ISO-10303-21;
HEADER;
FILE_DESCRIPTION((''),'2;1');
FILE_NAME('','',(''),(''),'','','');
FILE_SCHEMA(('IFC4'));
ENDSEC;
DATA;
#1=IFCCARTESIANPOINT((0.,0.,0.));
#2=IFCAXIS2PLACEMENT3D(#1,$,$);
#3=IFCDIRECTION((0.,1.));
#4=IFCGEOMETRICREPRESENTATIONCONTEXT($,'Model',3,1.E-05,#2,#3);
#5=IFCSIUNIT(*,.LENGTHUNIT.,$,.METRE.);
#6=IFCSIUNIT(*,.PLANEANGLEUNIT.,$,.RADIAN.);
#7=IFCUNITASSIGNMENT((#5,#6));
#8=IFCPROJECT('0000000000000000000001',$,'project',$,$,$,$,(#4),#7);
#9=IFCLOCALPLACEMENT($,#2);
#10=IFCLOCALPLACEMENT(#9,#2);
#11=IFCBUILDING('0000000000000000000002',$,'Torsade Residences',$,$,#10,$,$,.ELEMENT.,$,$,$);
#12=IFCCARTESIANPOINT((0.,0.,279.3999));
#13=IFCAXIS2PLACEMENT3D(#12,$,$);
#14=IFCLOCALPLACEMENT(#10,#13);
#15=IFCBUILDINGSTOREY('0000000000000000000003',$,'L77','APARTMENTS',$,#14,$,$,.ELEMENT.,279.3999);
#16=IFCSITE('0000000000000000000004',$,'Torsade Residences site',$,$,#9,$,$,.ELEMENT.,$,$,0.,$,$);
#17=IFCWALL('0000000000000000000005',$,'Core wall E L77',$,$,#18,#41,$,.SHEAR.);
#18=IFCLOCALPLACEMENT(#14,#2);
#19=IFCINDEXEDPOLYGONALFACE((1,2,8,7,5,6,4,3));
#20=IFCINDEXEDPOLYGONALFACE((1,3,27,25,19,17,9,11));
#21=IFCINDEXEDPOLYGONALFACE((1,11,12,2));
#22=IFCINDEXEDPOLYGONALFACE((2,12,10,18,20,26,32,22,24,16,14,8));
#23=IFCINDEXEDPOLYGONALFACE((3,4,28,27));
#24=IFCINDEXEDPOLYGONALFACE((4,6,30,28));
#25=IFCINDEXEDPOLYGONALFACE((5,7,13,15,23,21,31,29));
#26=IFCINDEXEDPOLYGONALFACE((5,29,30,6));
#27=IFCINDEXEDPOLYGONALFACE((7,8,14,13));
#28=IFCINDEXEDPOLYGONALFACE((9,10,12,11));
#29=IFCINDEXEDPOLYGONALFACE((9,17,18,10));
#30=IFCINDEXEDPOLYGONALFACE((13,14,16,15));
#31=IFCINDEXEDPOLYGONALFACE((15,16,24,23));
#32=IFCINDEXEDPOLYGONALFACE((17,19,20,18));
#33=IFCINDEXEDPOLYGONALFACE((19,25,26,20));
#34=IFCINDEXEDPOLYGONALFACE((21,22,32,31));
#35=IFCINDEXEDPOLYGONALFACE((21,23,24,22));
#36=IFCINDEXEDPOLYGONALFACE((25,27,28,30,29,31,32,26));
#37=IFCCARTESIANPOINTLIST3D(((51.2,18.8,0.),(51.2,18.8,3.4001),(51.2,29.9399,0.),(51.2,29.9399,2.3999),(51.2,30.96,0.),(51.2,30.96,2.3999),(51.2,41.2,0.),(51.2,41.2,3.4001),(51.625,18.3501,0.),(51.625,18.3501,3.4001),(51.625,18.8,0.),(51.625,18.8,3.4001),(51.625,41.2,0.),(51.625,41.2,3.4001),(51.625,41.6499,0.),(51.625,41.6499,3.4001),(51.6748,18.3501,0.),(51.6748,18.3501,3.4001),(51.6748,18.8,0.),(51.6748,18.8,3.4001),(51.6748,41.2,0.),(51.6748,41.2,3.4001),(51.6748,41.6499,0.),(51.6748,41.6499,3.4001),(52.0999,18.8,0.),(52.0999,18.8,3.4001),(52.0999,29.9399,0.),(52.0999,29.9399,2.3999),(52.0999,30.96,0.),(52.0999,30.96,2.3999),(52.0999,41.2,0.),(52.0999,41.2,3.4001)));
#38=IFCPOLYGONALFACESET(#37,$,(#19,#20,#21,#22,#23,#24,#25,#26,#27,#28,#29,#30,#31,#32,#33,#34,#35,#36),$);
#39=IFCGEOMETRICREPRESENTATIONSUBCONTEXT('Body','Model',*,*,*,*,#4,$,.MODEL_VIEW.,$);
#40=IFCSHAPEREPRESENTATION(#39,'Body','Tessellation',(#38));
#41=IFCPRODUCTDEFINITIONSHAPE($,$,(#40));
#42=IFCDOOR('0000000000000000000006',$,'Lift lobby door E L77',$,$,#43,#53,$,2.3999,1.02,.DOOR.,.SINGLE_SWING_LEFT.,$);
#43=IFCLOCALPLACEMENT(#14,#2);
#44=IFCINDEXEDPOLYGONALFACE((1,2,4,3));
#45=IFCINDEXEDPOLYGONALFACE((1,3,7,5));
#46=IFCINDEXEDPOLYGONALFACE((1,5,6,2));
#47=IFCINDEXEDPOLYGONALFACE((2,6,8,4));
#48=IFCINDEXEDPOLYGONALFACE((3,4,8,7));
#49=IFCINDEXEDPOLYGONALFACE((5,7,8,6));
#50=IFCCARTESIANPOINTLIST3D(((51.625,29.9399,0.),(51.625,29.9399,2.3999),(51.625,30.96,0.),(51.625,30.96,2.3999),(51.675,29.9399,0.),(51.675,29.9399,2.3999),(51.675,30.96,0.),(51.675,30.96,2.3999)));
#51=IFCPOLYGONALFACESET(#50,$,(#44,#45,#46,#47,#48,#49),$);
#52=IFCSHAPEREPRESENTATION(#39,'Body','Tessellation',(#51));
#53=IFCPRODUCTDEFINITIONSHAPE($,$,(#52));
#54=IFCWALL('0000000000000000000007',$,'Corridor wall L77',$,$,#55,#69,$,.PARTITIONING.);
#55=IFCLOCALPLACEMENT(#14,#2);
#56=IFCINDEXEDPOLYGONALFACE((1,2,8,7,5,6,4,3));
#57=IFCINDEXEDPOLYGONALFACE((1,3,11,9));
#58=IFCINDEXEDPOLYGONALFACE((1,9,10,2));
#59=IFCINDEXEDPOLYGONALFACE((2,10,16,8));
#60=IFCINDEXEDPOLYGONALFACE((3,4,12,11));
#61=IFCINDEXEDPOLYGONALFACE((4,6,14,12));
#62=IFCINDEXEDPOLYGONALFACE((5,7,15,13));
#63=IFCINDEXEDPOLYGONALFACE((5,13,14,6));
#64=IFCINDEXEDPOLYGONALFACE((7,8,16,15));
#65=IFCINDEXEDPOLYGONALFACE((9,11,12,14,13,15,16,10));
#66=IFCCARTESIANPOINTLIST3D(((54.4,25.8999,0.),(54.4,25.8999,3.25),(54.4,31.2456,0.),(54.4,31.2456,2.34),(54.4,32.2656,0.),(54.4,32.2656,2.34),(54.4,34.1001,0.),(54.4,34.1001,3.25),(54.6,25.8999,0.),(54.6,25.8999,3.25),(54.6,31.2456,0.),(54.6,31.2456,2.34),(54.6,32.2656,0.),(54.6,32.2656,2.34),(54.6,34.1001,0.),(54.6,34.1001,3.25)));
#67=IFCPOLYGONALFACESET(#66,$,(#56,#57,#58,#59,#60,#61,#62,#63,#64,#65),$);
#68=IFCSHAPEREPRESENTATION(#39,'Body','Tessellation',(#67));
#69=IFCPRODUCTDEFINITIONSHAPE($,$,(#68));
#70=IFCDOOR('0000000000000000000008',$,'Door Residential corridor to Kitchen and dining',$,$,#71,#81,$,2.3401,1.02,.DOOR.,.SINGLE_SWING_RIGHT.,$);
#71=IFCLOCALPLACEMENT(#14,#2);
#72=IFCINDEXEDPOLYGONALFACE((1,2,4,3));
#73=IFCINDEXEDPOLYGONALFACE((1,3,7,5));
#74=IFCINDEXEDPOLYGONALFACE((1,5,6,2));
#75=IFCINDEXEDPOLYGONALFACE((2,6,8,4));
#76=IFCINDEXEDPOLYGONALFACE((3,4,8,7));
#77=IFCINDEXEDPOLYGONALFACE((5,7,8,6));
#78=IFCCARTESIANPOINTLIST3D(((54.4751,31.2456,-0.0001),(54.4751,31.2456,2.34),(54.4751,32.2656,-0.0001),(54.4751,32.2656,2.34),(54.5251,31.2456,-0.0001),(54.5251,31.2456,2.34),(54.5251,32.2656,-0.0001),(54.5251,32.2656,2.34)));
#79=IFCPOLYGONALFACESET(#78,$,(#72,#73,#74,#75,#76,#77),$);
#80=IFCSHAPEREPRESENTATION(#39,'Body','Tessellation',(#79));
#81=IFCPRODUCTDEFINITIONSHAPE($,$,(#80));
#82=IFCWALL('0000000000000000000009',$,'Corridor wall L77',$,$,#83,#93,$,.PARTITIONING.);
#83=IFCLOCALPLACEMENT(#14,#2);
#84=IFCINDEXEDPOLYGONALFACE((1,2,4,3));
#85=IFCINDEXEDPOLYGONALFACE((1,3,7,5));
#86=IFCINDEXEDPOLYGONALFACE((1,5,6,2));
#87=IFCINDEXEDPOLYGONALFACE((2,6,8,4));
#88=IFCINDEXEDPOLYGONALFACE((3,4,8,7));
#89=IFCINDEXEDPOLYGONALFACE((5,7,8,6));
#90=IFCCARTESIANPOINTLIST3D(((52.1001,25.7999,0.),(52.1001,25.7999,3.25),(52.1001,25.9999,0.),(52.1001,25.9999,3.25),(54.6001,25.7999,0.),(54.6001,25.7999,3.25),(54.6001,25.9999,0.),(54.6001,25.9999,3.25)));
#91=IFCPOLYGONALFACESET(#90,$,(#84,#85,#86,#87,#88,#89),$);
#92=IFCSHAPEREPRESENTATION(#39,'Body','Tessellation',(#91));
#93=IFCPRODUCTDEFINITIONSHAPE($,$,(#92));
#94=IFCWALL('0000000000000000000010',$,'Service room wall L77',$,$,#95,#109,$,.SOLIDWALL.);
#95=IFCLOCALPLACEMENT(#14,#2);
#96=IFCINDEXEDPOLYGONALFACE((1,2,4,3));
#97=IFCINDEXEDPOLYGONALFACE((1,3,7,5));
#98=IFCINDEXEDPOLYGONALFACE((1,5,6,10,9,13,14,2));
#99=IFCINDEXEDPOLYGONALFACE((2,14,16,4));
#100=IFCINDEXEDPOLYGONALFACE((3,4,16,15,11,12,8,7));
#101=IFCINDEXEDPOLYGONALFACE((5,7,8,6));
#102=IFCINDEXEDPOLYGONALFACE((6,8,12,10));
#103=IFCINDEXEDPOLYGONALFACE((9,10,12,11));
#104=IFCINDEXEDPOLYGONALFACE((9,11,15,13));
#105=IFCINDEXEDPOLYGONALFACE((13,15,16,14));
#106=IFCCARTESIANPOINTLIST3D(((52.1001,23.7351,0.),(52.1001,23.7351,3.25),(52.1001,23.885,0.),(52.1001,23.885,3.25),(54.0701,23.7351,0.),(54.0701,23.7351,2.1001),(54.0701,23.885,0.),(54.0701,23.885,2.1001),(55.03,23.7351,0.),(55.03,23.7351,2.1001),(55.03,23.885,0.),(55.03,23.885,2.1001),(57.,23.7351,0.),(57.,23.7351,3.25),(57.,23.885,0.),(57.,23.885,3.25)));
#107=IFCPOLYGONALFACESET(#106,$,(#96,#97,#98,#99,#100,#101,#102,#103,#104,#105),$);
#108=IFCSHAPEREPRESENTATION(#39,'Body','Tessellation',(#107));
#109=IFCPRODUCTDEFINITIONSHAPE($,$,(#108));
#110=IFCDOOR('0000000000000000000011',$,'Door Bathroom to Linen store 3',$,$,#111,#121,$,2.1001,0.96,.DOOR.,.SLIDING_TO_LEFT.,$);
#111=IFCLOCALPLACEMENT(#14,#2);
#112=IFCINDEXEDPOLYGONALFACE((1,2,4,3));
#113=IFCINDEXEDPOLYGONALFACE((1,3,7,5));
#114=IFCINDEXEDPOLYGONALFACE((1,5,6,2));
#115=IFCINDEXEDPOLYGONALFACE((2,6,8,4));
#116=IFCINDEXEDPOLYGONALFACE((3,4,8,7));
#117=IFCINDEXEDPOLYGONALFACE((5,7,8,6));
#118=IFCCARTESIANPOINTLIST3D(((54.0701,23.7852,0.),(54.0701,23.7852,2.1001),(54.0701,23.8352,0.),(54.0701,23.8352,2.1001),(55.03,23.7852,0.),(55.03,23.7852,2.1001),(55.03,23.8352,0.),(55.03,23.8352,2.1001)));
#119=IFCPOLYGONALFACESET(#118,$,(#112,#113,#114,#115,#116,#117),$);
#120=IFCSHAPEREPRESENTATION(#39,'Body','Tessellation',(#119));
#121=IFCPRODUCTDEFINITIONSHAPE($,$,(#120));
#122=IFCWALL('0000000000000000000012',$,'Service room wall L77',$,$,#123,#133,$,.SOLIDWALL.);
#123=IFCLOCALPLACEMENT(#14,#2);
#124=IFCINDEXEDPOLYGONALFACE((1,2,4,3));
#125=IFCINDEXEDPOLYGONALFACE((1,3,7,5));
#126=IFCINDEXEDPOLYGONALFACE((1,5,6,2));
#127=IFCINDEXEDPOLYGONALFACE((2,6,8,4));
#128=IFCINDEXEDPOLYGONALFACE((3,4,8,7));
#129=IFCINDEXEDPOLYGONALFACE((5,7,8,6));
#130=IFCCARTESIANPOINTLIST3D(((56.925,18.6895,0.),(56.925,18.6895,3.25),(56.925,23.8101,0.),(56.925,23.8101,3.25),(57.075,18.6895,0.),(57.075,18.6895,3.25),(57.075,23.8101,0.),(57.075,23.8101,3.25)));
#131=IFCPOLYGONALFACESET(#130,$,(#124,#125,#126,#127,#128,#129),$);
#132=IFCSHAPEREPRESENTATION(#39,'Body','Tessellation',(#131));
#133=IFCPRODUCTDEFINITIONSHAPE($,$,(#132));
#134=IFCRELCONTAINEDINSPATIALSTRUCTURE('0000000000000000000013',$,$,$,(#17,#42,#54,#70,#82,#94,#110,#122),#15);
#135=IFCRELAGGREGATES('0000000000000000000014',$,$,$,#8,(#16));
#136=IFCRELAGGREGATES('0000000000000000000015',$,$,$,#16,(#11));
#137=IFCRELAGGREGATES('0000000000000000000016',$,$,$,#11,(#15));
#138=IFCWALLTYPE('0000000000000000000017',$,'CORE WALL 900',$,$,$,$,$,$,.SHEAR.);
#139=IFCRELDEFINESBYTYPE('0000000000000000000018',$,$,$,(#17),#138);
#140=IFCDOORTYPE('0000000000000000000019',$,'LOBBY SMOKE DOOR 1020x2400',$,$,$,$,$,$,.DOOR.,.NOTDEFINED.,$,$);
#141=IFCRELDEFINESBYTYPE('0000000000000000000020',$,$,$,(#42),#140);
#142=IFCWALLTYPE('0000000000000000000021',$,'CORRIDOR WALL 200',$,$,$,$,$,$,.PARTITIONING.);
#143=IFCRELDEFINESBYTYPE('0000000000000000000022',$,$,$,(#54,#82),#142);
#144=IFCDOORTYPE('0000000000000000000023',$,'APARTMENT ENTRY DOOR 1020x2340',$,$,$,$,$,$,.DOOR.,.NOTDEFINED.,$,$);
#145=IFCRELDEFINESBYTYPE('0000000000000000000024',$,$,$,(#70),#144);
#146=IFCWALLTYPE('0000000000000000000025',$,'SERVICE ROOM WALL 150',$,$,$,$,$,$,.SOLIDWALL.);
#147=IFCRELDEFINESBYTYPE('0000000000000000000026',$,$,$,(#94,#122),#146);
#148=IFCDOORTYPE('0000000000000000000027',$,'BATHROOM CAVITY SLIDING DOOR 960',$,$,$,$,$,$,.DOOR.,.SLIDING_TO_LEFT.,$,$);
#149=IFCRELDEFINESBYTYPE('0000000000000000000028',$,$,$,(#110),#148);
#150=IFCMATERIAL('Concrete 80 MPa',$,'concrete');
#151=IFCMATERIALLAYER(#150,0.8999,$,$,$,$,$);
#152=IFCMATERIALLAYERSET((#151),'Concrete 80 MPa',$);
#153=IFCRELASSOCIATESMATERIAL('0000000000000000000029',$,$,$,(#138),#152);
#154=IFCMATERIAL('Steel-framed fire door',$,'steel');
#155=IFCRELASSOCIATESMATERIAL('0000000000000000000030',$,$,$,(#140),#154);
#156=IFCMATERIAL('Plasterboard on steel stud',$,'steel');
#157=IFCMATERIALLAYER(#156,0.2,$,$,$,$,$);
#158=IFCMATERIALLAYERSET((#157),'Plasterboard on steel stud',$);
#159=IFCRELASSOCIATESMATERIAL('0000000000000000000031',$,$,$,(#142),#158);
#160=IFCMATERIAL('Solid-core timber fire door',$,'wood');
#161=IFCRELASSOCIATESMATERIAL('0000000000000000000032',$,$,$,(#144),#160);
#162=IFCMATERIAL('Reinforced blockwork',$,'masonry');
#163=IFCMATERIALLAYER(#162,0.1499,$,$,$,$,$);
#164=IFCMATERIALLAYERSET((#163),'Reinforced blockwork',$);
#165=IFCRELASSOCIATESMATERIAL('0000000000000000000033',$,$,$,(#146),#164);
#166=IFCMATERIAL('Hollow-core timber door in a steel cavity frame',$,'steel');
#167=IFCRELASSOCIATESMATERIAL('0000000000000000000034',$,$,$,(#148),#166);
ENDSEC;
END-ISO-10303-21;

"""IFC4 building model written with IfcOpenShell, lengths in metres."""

from ifc_helpers import new_model, si_unit, direction, frame, frame_2d, origin, place, context, subcontext, project, spatial, polyline, rectangle, outline, extrude, material, layer, layer_set, type_object, element, fill, save


model = new_model("IFC4")

# Units and contexts
model_context = context("Model", 3, precision=1e-05, world=origin(), true_north=direction((0.0, 1.0)))
body_context = subcontext(model_context, "Body", "Model", "MODEL_VIEW")
ifc_project = project(units=[si_unit("LENGTHUNIT", "METRE"), si_unit("PLANEANGLEUNIT", "RADIAN")], contexts=[model_context])

# Site, building, storey
site_placement = place(None, origin())
site = spatial("IfcSite", under=ifc_project, at=site_placement, Name="Torsade Residences site", CompositionType="ELEMENT", RefElevation=0.0)
building_placement = place(site_placement, origin())
building = spatial("IfcBuilding", under=site, at=building_placement, Name="Torsade Residences", CompositionType="ELEMENT")
storey_placement = place(building_placement, frame((0.0, 0.0, 279.3999)))
storey = spatial("IfcBuildingStorey", under=building, at=storey_placement, Name="L77", Description="APARTMENTS", CompositionType="ELEMENT", Elevation=279.3999)

# Walls, openings, doors
ifc_material_1 = material(Name="Concrete 80 MPa", Category="concrete")
ifc_layer_1 = layer(ifc_material_1, 0.8999)
ifc_layer_set_1 = layer_set([ifc_layer_1], Name="Concrete 80 MPa")
wall_type_1 = type_object("IfcWallType", Name="CORE WALL 900", PredefinedType="SHEAR", material=ifc_layer_set_1)
wall_1_placement = place(storey_placement, frame((51.6499, 18.8, 0.0), z_axis=(0.0, 0.0, 1.0), x_axis=(0.0, 1.0, 0.0)))
wall_1 = element("IfcWall", 1, at=wall_1_placement, inside=storey, type_object=wall_type_1, Name="Core wall E L77", PredefinedType="SHEAR", context=body_context, shape_type="SweptSolid", body=[
    extrude(outline(polyline([(0.0, -0.45), (22.3999, -0.45), (22.3999, -0.0249), (22.8499, -0.0249), (22.8499, 0.0249), (22.3999, 0.0249), (22.3999, 0.45), (0.0, 0.45), (0.0, 0.0249), (-0.45, 0.0249), (-0.45, -0.0249), (0.0, -0.0249), (0.0, -0.45)])), origin(), (0.0, 0.0, 1.0), 3.4001),
])
opening_1_placement = place(wall_1_placement, frame((11.1399, 0.0, 0.0)))
opening_1 = element("IfcOpeningElement", 2, at=opening_1_placement, cuts=wall_1, PredefinedType="OPENING", context=body_context, shape_type="SweptSolid", body=[
    extrude(rectangle(XDim=1.02, YDim=2.3999, at=frame_2d((0.51, 1.2))), frame((0.0, 0.46, 0.0), z_axis=(0.0, -1.0, 0.0), x_axis=(1.0, 0.0, 0.0)), (0.0, 0.0, 1.0), 0.9199),
])
ifc_material_2 = material(Name="Steel-framed fire door", Category="steel")
door_type_1 = type_object("IfcDoorType", Name="LOBBY SMOKE DOOR 1020x2400", OperationType="NOTDEFINED", PredefinedType="DOOR", material=ifc_material_2)
door_1_placement = place(opening_1_placement, origin())
door_1 = element("IfcDoor", 3, at=door_1_placement, inside=storey, type_object=door_type_1, Name="Lift lobby door E L77", OperationType="SINGLE_SWING_LEFT", OverallHeight=2.3999, OverallWidth=1.02, PredefinedType="DOOR", context=body_context, shape_type="SweptSolid", body=[
    extrude(rectangle(XDim=1.02, YDim=2.3999, at=frame_2d((0.51, 1.2))), frame((0.0, 0.0249, 0.0), z_axis=(0.0, -1.0, 0.0), x_axis=(1.0, 0.0, 0.0)), (0.0, 0.0, 1.0), 0.05),
])
fill(opening_1, door_1)
ifc_material_3 = material(Name="Plasterboard on steel stud", Category="steel")
ifc_layer_2 = layer(ifc_material_3, 0.2)
ifc_layer_set_2 = layer_set([ifc_layer_2], Name="Plasterboard on steel stud")
wall_type_2 = type_object("IfcWallType", Name="CORRIDOR WALL 200", PredefinedType="PARTITIONING", material=ifc_layer_set_2)
wall_2_placement = place(storey_placement, frame((54.5, 25.8999, 0.0), z_axis=(0.0, 0.0, 1.0), x_axis=(0.0, 1.0, 0.0)))
wall_2 = element("IfcWall", 4, at=wall_2_placement, inside=storey, type_object=wall_type_2, Name="Corridor wall L77", PredefinedType="PARTITIONING", context=body_context, shape_type="SweptSolid", body=[
    extrude(rectangle(XDim=8.2002, YDim=0.2, at=frame_2d((4.1001, 0.0))), origin(), (0.0, 0.0, 1.0), 3.25),
])
opening_2_placement = place(wall_2_placement, frame((5.3457, 0.0, 0.0)))
opening_2 = element("IfcOpeningElement", 5, at=opening_2_placement, cuts=wall_2, PredefinedType="OPENING", context=body_context, shape_type="SweptSolid", body=[
    extrude(rectangle(XDim=1.02, YDim=2.3401, at=frame_2d((0.51, 1.1699))), frame((0.0, 0.1099, 0.0), z_axis=(0.0, -1.0, 0.0), x_axis=(1.0, 0.0, 0.0)), (0.0, 0.0, 1.0), 0.22),
])
ifc_material_4 = material(Name="Solid-core timber fire door", Category="wood")
door_type_2 = type_object("IfcDoorType", Name="APARTMENT ENTRY DOOR 1020x2340", OperationType="NOTDEFINED", PredefinedType="DOOR", material=ifc_material_4)
door_2_placement = place(opening_2_placement, origin())
door_2 = element("IfcDoor", 6, at=door_2_placement, inside=storey, type_object=door_type_2, Name="Door Residential corridor to Kitchen and dining", OperationType="SINGLE_SWING_RIGHT", OverallHeight=2.3401, OverallWidth=1.02, PredefinedType="DOOR", context=body_context, shape_type="SweptSolid", body=[
    extrude(rectangle(XDim=1.02, YDim=2.3401, at=frame_2d((0.51, 1.1699))), frame((0.0, 0.0249, 0.0), z_axis=(0.0, -1.0, 0.0), x_axis=(1.0, 0.0, 0.0)), (0.0, 0.0, 1.0), 0.05),
])
fill(opening_2, door_2)

# Wall
wall_3_placement = place(storey_placement, frame((52.1001, 25.8999, 0.0), z_axis=(0.0, 0.0, 1.0), x_axis=(1.0, 0.0, 0.0)))
element("IfcWall", 7, at=wall_3_placement, inside=storey, type_object=wall_type_2, Name="Corridor wall L77", PredefinedType="PARTITIONING", context=body_context, shape_type="SweptSolid", body=[
    extrude(rectangle(XDim=2.5, YDim=0.2, at=frame_2d((1.25, 0.0))), origin(), (0.0, 0.0, 1.0), 3.25),
])

# Wall, opening, door
ifc_material_5 = material(Name="Reinforced blockwork", Category="masonry")
ifc_layer_3 = layer(ifc_material_5, 0.1499)
ifc_layer_set_3 = layer_set([ifc_layer_3], Name="Reinforced blockwork")
wall_type_3 = type_object("IfcWallType", Name="SERVICE ROOM WALL 150", PredefinedType="SOLIDWALL", material=ifc_layer_set_3)
wall_4_placement = place(storey_placement, frame((57.0, 23.8101, 0.0), z_axis=(0.0, 0.0, 1.0), x_axis=(-1.0, 0.0, 0.0)))
wall_4 = element("IfcWall", 8, at=wall_4_placement, inside=storey, type_object=wall_type_3, Name="Service room wall L77", PredefinedType="SOLIDWALL", context=body_context, shape_type="SweptSolid", body=[
    extrude(rectangle(XDim=4.8999, YDim=0.1499, at=frame_2d((2.45, 0.0))), origin(), (0.0, 0.0, 1.0), 3.25),
])
opening_3_placement = place(wall_4_placement, frame((1.97, 0.0, 0.0)))
opening_3 = element("IfcOpeningElement", 9, at=opening_3_placement, cuts=wall_4, PredefinedType="OPENING", context=body_context, shape_type="SweptSolid", body=[
    extrude(rectangle(XDim=0.96, YDim=2.1001, at=frame_2d((0.48, 1.05))), frame((0.0, 0.085, 0.0), z_axis=(0.0, -1.0, 0.0), x_axis=(1.0, 0.0, 0.0)), (0.0, 0.0, 1.0), 0.1699),
])
ifc_material_6 = material(Name="Hollow-core timber door in a steel cavity frame", Category="steel")
door_type_3 = type_object("IfcDoorType", Name="BATHROOM CAVITY SLIDING DOOR 960", OperationType="SLIDING_TO_LEFT", PredefinedType="DOOR", material=ifc_material_6)
door_3_placement = place(opening_3_placement, origin())
door_3 = element("IfcDoor", 10, at=door_3_placement, inside=storey, type_object=door_type_3, Name="Door Bathroom to Linen store 3", OperationType="SLIDING_TO_LEFT", OverallHeight=2.1001, OverallWidth=0.96, PredefinedType="DOOR", context=body_context, shape_type="SweptSolid", body=[
    extrude(rectangle(XDim=0.96, YDim=2.1001, at=frame_2d((0.48, 1.05))), frame((0.0, 0.0249, 0.0), z_axis=(0.0, -1.0, 0.0), x_axis=(1.0, 0.0, 0.0)), (0.0, 0.0, 1.0), 0.05),
])
fill(opening_3, door_3)

# Wall
wall_5_placement = place(storey_placement, frame((57.0, 23.8101, 0.0), z_axis=(0.0, 0.0, 1.0), x_axis=(0.0, -1.0, 0.0)))
element("IfcWall", 11, at=wall_5_placement, inside=storey, type_object=wall_type_3, Name="Service room wall L77", PredefinedType="SOLIDWALL", context=body_context, shape_type="SweptSolid", body=[
    extrude(rectangle(XDim=5.1206, YDim=0.1499, at=frame_2d((2.5603, 0.0))), origin(), (0.0, 0.0, 1.0), 3.25),
])

save(model, "model.ifc")
